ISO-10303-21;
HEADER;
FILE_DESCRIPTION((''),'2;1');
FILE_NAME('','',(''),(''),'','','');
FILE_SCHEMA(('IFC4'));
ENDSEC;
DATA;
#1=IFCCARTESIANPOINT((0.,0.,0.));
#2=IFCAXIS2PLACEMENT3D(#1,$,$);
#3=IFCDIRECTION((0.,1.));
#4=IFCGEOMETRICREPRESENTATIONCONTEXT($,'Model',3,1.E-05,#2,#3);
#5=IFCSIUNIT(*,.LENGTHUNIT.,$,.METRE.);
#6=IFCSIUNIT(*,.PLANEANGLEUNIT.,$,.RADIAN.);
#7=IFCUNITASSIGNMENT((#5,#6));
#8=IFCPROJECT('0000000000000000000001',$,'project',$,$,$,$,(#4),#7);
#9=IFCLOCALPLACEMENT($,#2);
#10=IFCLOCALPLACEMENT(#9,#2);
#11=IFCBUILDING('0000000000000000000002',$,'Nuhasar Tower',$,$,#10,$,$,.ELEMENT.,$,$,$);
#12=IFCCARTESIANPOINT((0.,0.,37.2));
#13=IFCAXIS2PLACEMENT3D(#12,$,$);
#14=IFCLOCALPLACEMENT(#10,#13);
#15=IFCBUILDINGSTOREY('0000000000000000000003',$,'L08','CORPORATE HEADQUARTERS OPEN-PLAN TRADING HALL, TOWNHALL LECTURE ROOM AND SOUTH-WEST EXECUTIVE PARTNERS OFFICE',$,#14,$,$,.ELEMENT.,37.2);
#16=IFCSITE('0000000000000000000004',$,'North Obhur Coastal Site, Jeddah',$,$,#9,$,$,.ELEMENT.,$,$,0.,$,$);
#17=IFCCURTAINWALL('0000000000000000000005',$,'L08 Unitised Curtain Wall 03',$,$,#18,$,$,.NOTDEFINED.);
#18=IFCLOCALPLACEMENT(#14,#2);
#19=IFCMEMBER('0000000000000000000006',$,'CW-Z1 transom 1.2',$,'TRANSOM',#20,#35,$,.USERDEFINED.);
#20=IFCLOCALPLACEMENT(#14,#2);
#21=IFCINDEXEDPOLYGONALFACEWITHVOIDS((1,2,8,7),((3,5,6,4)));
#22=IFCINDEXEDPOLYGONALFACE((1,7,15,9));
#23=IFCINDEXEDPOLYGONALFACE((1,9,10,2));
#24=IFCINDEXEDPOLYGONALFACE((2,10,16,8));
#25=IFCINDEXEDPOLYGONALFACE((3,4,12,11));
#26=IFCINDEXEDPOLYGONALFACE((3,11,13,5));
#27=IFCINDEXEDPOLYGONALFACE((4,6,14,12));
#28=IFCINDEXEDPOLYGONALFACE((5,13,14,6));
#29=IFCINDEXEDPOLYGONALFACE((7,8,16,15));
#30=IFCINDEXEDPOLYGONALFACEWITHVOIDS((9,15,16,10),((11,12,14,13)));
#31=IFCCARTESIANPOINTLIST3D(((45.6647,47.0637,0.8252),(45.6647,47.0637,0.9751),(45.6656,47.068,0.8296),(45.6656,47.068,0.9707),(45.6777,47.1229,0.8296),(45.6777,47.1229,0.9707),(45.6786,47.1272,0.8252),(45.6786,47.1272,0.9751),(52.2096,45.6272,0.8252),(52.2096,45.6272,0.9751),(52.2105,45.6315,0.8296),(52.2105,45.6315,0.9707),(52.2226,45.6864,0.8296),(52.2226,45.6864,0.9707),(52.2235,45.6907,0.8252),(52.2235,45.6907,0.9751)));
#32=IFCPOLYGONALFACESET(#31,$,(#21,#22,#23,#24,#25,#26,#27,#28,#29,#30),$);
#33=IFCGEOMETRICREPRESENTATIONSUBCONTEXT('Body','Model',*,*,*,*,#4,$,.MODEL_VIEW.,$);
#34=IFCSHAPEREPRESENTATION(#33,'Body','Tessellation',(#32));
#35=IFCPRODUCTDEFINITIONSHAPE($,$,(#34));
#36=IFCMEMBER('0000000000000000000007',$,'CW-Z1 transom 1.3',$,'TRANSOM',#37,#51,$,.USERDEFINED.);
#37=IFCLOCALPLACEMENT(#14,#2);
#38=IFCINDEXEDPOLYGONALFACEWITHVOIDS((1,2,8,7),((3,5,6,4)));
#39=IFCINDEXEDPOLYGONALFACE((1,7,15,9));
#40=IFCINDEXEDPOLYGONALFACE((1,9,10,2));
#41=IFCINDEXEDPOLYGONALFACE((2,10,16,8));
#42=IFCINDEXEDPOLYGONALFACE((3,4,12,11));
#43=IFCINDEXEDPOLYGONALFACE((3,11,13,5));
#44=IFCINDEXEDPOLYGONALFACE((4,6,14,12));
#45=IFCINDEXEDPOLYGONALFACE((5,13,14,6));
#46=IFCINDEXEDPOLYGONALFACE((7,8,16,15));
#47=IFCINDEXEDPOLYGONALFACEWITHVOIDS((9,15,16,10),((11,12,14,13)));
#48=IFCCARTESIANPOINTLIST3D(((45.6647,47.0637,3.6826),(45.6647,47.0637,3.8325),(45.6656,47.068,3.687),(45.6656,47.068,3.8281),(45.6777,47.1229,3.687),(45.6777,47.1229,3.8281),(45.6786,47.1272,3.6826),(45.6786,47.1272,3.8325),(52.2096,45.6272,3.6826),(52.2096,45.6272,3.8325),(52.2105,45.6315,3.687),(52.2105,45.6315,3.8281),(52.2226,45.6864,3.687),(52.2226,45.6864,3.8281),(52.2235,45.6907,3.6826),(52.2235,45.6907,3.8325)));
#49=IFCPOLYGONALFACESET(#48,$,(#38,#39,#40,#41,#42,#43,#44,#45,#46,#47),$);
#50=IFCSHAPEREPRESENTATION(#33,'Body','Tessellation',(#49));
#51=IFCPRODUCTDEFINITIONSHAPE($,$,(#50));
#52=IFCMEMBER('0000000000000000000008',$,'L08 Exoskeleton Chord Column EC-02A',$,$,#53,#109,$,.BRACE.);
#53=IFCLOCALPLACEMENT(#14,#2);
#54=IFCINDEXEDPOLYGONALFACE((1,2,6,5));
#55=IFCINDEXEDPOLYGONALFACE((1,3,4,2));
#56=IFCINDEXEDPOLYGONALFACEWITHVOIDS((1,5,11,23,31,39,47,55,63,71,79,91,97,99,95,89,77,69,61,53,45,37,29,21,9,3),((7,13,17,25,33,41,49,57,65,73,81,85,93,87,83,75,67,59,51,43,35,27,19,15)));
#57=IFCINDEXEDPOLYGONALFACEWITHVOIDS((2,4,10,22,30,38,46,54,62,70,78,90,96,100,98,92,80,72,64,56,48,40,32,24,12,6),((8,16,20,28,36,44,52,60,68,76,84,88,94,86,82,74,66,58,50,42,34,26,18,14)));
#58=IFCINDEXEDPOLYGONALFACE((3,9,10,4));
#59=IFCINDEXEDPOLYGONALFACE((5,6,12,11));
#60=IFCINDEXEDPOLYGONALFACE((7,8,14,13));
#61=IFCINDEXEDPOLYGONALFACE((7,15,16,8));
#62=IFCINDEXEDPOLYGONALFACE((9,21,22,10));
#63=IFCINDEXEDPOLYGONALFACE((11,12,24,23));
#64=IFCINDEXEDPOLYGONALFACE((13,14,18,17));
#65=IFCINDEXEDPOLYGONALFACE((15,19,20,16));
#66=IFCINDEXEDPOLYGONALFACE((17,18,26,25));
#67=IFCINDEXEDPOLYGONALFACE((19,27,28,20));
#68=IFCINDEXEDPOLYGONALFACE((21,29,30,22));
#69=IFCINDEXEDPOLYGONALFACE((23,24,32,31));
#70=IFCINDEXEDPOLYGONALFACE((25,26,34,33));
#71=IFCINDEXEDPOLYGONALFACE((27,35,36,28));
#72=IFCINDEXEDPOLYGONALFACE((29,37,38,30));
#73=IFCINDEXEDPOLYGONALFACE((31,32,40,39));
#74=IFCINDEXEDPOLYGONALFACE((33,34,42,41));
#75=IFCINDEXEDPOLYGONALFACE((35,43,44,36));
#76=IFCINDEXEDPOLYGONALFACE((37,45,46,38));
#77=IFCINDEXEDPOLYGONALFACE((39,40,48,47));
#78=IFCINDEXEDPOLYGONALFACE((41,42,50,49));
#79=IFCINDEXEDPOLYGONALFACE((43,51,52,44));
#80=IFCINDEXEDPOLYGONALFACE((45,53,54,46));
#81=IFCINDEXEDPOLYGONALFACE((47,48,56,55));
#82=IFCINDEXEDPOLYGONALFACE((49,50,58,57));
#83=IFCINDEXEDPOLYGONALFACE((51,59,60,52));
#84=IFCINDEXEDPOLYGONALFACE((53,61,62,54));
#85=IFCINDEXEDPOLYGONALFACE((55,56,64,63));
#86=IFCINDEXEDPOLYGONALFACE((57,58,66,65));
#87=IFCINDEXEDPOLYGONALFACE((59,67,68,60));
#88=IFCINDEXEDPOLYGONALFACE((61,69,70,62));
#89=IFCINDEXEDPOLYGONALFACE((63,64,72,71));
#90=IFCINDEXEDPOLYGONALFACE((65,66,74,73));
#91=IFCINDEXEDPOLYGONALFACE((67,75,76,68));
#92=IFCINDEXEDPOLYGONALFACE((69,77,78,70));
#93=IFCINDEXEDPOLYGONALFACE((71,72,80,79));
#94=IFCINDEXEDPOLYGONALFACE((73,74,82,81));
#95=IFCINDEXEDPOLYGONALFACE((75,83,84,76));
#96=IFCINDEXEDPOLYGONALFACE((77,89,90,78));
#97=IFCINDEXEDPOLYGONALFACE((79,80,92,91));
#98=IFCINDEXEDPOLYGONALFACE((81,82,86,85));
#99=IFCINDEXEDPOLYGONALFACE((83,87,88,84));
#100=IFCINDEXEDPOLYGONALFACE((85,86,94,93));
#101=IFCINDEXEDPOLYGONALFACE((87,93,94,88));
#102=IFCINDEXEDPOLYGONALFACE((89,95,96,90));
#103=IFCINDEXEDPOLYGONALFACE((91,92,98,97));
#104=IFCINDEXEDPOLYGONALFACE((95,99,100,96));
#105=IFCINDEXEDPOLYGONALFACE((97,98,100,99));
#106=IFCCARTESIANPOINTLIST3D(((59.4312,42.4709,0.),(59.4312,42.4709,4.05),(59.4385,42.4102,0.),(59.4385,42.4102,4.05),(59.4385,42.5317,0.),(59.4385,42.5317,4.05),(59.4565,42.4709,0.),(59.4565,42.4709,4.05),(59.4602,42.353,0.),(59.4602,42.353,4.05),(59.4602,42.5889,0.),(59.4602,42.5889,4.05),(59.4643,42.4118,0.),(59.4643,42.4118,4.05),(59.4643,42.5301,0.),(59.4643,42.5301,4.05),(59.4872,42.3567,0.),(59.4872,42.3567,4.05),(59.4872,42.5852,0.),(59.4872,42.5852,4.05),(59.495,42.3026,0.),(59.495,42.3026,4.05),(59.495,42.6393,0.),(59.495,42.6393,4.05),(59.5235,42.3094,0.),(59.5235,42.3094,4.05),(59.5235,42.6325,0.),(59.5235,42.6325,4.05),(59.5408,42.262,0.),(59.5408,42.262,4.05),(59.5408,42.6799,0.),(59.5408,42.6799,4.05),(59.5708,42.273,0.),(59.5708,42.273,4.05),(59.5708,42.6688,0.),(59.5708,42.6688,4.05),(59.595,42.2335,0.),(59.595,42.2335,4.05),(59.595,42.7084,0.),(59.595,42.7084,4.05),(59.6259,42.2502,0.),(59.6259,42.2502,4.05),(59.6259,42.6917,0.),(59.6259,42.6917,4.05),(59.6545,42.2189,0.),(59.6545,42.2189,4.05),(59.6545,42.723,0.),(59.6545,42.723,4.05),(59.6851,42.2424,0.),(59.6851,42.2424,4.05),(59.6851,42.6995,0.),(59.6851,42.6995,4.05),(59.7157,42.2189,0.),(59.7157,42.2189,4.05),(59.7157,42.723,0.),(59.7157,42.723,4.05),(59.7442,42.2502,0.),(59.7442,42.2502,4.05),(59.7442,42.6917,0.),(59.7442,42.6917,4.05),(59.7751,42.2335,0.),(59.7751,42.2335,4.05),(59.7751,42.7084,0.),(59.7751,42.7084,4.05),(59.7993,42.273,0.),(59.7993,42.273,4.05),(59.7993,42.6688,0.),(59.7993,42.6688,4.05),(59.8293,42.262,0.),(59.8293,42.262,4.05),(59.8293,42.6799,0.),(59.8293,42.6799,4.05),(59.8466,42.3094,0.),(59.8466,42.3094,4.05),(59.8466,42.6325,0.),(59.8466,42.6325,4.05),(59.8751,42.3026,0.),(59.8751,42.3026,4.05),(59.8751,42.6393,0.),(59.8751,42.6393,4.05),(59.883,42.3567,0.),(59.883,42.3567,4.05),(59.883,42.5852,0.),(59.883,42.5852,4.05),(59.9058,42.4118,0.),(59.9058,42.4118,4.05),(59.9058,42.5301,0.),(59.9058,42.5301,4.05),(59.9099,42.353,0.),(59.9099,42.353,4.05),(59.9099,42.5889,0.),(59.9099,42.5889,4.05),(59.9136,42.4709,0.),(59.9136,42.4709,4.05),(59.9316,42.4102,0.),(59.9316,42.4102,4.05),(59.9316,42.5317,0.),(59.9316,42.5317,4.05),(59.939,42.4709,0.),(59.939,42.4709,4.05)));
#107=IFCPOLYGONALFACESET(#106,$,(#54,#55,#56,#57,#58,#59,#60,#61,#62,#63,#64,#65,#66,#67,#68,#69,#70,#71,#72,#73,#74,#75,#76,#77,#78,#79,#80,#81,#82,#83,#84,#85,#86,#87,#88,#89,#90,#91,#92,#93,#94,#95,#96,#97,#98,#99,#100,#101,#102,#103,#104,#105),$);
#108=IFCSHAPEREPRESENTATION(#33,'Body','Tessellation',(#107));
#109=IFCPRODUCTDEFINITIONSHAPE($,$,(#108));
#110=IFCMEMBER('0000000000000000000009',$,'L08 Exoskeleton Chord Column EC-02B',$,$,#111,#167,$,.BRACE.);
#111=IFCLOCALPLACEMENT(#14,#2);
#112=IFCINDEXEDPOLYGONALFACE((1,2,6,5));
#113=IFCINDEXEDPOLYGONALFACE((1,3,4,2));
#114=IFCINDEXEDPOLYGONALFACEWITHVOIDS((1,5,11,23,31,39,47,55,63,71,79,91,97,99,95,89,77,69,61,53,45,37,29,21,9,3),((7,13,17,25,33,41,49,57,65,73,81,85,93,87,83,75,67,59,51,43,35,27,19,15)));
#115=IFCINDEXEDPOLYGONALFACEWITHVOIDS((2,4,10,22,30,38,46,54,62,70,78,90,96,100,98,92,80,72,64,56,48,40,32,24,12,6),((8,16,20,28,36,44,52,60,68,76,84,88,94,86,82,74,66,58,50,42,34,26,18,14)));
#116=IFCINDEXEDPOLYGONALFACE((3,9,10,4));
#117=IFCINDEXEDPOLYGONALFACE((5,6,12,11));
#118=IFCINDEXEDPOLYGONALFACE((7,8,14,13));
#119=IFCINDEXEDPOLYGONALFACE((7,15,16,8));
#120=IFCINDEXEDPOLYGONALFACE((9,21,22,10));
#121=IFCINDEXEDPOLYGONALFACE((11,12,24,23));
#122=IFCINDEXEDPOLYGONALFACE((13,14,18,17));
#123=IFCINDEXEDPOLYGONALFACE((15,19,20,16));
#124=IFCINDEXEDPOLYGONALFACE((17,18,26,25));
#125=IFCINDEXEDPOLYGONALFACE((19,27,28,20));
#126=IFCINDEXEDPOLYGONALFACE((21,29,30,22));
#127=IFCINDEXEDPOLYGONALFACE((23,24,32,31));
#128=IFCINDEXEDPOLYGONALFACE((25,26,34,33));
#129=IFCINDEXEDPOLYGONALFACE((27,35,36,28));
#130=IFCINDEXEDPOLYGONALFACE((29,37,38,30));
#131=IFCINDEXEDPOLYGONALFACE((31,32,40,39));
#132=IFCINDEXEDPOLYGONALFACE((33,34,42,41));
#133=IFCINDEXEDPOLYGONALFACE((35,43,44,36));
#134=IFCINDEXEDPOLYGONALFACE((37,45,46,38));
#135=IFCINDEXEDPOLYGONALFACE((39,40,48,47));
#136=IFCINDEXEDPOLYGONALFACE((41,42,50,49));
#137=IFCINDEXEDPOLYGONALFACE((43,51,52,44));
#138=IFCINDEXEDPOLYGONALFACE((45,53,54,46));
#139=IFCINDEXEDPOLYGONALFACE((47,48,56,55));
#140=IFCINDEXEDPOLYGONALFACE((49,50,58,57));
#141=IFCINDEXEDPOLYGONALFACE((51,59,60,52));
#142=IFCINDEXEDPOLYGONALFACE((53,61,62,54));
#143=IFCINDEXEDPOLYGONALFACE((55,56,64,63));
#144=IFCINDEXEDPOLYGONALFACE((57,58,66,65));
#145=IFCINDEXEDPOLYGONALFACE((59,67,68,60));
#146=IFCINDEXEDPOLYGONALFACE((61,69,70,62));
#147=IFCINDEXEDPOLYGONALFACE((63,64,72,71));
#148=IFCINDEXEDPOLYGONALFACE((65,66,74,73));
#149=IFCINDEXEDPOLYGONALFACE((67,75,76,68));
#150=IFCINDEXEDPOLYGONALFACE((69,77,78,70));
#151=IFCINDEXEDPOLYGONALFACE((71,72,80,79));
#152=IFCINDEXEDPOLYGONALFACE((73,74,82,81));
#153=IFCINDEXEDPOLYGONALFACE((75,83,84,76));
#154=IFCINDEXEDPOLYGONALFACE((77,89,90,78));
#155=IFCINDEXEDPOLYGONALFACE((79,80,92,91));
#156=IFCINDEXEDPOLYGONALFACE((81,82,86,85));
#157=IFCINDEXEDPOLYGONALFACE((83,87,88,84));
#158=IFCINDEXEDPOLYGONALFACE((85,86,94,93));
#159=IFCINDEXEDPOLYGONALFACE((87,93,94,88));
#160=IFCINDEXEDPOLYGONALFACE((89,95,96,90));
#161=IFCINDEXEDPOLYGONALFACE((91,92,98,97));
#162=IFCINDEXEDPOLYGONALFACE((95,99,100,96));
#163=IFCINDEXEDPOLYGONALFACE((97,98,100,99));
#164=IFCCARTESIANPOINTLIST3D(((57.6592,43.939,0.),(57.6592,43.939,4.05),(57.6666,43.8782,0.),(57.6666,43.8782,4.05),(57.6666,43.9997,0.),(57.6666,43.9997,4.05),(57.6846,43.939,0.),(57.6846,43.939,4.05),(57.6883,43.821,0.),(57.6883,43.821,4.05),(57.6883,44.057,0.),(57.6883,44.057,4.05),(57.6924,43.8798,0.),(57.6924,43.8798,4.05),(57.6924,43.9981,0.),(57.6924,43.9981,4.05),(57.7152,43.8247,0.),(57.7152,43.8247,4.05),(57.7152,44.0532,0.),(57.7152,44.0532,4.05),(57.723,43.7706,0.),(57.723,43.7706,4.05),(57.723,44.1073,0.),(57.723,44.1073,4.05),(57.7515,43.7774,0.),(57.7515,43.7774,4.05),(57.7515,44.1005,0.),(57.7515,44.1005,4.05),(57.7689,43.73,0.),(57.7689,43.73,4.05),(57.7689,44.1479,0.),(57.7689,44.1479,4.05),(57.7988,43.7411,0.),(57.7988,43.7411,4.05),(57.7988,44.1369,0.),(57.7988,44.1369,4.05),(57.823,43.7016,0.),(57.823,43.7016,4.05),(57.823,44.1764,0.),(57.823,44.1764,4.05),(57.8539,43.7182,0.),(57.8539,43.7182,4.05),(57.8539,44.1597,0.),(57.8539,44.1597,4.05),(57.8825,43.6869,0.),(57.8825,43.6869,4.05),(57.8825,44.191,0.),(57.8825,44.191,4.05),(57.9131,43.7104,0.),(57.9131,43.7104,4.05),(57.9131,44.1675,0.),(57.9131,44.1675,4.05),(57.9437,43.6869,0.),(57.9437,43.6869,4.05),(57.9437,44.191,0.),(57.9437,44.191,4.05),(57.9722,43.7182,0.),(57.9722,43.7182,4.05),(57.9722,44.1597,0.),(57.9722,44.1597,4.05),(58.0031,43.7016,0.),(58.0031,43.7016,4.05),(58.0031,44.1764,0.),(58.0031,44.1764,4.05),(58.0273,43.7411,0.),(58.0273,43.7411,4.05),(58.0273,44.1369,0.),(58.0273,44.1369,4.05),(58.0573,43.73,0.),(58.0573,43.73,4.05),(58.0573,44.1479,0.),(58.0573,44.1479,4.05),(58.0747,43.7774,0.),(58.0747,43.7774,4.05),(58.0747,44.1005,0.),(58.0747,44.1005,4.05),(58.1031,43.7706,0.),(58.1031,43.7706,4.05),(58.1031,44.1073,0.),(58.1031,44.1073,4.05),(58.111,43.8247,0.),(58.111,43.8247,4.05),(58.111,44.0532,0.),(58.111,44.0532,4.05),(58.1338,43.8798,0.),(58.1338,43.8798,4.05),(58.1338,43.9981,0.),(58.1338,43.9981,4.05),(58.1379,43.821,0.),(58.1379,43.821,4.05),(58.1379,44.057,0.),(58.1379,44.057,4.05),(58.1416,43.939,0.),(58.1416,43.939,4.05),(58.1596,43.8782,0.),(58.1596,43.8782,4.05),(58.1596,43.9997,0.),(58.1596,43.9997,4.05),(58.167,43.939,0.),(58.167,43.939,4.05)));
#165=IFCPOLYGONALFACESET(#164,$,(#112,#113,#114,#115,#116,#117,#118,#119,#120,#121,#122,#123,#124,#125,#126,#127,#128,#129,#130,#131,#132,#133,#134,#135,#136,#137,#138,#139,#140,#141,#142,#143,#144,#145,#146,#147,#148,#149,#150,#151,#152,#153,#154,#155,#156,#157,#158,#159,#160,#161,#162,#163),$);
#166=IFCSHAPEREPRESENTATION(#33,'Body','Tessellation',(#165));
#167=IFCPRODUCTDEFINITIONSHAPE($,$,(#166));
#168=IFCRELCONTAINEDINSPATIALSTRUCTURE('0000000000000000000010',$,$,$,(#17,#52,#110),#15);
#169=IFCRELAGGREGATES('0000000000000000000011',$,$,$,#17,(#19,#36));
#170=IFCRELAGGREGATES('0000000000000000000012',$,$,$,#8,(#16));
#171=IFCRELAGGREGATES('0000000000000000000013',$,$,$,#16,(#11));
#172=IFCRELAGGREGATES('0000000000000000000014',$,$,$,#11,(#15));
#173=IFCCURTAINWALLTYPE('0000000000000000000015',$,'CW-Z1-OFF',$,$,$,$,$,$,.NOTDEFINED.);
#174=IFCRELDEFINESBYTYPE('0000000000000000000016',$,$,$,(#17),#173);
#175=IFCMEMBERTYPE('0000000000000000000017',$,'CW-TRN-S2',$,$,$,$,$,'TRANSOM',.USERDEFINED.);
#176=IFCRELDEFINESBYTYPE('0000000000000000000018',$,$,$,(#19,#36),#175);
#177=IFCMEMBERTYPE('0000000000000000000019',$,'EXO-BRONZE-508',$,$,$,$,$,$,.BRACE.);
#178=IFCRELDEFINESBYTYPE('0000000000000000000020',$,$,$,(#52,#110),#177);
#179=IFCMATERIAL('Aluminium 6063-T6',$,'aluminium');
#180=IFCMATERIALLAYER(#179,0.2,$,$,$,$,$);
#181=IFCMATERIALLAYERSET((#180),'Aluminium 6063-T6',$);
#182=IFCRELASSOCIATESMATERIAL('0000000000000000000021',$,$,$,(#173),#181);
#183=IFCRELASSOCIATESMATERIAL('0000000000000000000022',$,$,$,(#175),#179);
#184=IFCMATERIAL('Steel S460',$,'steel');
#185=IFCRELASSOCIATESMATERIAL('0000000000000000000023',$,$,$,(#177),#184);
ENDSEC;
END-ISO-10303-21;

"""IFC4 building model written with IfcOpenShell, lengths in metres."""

from ifc_helpers import new_model, si_unit, direction, frame, origin, origin_2d, place, context, subcontext, project, spatial, hollow_rectangle, hollow_circle, extrude, material, layer, layer_set, material_profile, profile_set, type_object, element, aggregate, save


model = new_model("IFC4")

# Units and contexts
model_context = context("Model", 3, precision=1e-05, world=origin(), true_north=direction((0.0, 1.0)))
body_context = subcontext(model_context, "Body", "Model", "MODEL_VIEW")
ifc_project = project(units=[si_unit("LENGTHUNIT", "METRE"), si_unit("PLANEANGLEUNIT", "RADIAN")], contexts=[model_context])

# Site, building, storey
site_placement = place(None, origin())
site = spatial("IfcSite", under=ifc_project, at=site_placement, Name="North Obhur Coastal Site, Jeddah", CompositionType="ELEMENT", RefElevation=0.0)
building_placement = place(site_placement, origin())
building = spatial("IfcBuilding", under=site, at=building_placement, Name="Nuhasar Tower", CompositionType="ELEMENT")
storey_placement = place(building_placement, frame((0.0, 0.0, 37.2)))
storey = spatial("IfcBuildingStorey", under=building, at=storey_placement, Name="L08", Description="CORPORATE HEADQUARTERS OPEN-PLAN TRADING HALL, TOWNHALL LECTURE ROOM AND SOUTH-WEST EXECUTIVE PARTNERS OFFICE", CompositionType="ELEMENT", Elevation=37.2)

# Shared definitions
ifc_material_1 = material(Name="Aluminium 6063-T6", Category="aluminium")
ifc_layer_1 = layer(ifc_material_1, 0.2)
ifc_layer_set_1 = layer_set([ifc_layer_1], Name="Aluminium 6063-T6")
curtain_wall_type = type_object("IfcCurtainWallType", Name="CW-Z1-OFF", PredefinedType="NOTDEFINED", material=ifc_layer_set_1)

# Curtain wall
curtain_wall_1_placement = place(storey_placement, origin())
curtain_wall_1 = element("IfcCurtainWall", 1, at=curtain_wall_1_placement, inside=storey, type_object=curtain_wall_type, Name="L08 Unitised Curtain Wall 03", PredefinedType="NOTDEFINED")

# Members
ifc_material_profile_1 = material_profile(ifc_material_1, hollow_rectangle(XDim=0.0649, YDim=0.1499, WallThickness=0.0044, at=origin_2d()), Name="CWT-2")
ifc_profile_set_1 = profile_set([ifc_material_profile_1], Name="Aluminium 6063-T6")
member_type_1 = type_object("IfcMemberType", Name="CW-TRN-S2", ElementType="TRANSOM", PredefinedType="USERDEFINED", material=ifc_profile_set_1)
member_1_placement = place(storey_placement, frame((52.2166, 45.6589, 0.9001), z_axis=(-0.97675, 0.214384, 0.0), x_axis=(-0.214384, -0.97675, 0.0)))
member_1 = element("IfcMember", 2, at=member_1_placement, type_object=member_type_1, Name="CW-Z1 transom 1.2", ObjectType="TRANSOM", PredefinedType="USERDEFINED", context=body_context, shape_type="SweptSolid", body=[
    extrude(hollow_rectangle(XDim=0.0649, YDim=0.1499, WallThickness=0.0044, at=origin_2d()), origin(), (0.0, 0.0, 1.0), 6.7007),
])
member_2_placement = place(storey_placement, frame((52.2166, 45.6589, 3.7576), z_axis=(-0.97675, 0.214384, 0.0), x_axis=(-0.214384, -0.97675, 0.0)))
member_2 = element("IfcMember", 3, at=member_2_placement, type_object=member_type_1, Name="CW-Z1 transom 1.3", ObjectType="TRANSOM", PredefinedType="USERDEFINED", context=body_context, shape_type="SweptSolid", body=[
    extrude(hollow_rectangle(XDim=0.0649, YDim=0.1499, WallThickness=0.0044, at=origin_2d()), origin(), (0.0, 0.0, 1.0), 6.7007),
])

# Members
ifc_material_2 = material(Name="Steel S460", Category="steel")
ifc_material_profile_2 = material_profile(ifc_material_2, hollow_circle(Radius=0.2539, WallThickness=0.0254, at=origin_2d()), Name="HSS508X25.4")
ifc_profile_set_2 = profile_set([ifc_material_profile_2], Name="Steel S460")
member_type_2 = type_object("IfcMemberType", Name="EXO-BRONZE-508", PredefinedType="BRACE", material=ifc_profile_set_2)
for number, where, z_axis, x_axis, name in (
    (4, (59.6851, 42.4709, 0.0), (0.0, 0.0, 1.0), (1.0, 0.0, 0.0), "L08 Exoskeleton Chord Column EC-02A"),
    (5, (57.9131, 43.939, 0.0), (0.0, 0.0, 1.0), (1.0, 0.0, 0.0), "L08 Exoskeleton Chord Column EC-02B"),
):
    element("IfcMember", number, at=place(storey_placement, frame(where, z_axis=z_axis, x_axis=x_axis)), inside=storey, type_object=member_type_2, Name=name, PredefinedType="BRACE", context=body_context, shape_type="SweptSolid", body=[
        extrude(hollow_circle(Radius=0.2539, WallThickness=0.0254, at=origin_2d()), origin(), (0.0, 0.0, 1.0), 4.05),
    ])

aggregate(curtain_wall_1, [member_1, member_2])

save(model, "model.ifc")
